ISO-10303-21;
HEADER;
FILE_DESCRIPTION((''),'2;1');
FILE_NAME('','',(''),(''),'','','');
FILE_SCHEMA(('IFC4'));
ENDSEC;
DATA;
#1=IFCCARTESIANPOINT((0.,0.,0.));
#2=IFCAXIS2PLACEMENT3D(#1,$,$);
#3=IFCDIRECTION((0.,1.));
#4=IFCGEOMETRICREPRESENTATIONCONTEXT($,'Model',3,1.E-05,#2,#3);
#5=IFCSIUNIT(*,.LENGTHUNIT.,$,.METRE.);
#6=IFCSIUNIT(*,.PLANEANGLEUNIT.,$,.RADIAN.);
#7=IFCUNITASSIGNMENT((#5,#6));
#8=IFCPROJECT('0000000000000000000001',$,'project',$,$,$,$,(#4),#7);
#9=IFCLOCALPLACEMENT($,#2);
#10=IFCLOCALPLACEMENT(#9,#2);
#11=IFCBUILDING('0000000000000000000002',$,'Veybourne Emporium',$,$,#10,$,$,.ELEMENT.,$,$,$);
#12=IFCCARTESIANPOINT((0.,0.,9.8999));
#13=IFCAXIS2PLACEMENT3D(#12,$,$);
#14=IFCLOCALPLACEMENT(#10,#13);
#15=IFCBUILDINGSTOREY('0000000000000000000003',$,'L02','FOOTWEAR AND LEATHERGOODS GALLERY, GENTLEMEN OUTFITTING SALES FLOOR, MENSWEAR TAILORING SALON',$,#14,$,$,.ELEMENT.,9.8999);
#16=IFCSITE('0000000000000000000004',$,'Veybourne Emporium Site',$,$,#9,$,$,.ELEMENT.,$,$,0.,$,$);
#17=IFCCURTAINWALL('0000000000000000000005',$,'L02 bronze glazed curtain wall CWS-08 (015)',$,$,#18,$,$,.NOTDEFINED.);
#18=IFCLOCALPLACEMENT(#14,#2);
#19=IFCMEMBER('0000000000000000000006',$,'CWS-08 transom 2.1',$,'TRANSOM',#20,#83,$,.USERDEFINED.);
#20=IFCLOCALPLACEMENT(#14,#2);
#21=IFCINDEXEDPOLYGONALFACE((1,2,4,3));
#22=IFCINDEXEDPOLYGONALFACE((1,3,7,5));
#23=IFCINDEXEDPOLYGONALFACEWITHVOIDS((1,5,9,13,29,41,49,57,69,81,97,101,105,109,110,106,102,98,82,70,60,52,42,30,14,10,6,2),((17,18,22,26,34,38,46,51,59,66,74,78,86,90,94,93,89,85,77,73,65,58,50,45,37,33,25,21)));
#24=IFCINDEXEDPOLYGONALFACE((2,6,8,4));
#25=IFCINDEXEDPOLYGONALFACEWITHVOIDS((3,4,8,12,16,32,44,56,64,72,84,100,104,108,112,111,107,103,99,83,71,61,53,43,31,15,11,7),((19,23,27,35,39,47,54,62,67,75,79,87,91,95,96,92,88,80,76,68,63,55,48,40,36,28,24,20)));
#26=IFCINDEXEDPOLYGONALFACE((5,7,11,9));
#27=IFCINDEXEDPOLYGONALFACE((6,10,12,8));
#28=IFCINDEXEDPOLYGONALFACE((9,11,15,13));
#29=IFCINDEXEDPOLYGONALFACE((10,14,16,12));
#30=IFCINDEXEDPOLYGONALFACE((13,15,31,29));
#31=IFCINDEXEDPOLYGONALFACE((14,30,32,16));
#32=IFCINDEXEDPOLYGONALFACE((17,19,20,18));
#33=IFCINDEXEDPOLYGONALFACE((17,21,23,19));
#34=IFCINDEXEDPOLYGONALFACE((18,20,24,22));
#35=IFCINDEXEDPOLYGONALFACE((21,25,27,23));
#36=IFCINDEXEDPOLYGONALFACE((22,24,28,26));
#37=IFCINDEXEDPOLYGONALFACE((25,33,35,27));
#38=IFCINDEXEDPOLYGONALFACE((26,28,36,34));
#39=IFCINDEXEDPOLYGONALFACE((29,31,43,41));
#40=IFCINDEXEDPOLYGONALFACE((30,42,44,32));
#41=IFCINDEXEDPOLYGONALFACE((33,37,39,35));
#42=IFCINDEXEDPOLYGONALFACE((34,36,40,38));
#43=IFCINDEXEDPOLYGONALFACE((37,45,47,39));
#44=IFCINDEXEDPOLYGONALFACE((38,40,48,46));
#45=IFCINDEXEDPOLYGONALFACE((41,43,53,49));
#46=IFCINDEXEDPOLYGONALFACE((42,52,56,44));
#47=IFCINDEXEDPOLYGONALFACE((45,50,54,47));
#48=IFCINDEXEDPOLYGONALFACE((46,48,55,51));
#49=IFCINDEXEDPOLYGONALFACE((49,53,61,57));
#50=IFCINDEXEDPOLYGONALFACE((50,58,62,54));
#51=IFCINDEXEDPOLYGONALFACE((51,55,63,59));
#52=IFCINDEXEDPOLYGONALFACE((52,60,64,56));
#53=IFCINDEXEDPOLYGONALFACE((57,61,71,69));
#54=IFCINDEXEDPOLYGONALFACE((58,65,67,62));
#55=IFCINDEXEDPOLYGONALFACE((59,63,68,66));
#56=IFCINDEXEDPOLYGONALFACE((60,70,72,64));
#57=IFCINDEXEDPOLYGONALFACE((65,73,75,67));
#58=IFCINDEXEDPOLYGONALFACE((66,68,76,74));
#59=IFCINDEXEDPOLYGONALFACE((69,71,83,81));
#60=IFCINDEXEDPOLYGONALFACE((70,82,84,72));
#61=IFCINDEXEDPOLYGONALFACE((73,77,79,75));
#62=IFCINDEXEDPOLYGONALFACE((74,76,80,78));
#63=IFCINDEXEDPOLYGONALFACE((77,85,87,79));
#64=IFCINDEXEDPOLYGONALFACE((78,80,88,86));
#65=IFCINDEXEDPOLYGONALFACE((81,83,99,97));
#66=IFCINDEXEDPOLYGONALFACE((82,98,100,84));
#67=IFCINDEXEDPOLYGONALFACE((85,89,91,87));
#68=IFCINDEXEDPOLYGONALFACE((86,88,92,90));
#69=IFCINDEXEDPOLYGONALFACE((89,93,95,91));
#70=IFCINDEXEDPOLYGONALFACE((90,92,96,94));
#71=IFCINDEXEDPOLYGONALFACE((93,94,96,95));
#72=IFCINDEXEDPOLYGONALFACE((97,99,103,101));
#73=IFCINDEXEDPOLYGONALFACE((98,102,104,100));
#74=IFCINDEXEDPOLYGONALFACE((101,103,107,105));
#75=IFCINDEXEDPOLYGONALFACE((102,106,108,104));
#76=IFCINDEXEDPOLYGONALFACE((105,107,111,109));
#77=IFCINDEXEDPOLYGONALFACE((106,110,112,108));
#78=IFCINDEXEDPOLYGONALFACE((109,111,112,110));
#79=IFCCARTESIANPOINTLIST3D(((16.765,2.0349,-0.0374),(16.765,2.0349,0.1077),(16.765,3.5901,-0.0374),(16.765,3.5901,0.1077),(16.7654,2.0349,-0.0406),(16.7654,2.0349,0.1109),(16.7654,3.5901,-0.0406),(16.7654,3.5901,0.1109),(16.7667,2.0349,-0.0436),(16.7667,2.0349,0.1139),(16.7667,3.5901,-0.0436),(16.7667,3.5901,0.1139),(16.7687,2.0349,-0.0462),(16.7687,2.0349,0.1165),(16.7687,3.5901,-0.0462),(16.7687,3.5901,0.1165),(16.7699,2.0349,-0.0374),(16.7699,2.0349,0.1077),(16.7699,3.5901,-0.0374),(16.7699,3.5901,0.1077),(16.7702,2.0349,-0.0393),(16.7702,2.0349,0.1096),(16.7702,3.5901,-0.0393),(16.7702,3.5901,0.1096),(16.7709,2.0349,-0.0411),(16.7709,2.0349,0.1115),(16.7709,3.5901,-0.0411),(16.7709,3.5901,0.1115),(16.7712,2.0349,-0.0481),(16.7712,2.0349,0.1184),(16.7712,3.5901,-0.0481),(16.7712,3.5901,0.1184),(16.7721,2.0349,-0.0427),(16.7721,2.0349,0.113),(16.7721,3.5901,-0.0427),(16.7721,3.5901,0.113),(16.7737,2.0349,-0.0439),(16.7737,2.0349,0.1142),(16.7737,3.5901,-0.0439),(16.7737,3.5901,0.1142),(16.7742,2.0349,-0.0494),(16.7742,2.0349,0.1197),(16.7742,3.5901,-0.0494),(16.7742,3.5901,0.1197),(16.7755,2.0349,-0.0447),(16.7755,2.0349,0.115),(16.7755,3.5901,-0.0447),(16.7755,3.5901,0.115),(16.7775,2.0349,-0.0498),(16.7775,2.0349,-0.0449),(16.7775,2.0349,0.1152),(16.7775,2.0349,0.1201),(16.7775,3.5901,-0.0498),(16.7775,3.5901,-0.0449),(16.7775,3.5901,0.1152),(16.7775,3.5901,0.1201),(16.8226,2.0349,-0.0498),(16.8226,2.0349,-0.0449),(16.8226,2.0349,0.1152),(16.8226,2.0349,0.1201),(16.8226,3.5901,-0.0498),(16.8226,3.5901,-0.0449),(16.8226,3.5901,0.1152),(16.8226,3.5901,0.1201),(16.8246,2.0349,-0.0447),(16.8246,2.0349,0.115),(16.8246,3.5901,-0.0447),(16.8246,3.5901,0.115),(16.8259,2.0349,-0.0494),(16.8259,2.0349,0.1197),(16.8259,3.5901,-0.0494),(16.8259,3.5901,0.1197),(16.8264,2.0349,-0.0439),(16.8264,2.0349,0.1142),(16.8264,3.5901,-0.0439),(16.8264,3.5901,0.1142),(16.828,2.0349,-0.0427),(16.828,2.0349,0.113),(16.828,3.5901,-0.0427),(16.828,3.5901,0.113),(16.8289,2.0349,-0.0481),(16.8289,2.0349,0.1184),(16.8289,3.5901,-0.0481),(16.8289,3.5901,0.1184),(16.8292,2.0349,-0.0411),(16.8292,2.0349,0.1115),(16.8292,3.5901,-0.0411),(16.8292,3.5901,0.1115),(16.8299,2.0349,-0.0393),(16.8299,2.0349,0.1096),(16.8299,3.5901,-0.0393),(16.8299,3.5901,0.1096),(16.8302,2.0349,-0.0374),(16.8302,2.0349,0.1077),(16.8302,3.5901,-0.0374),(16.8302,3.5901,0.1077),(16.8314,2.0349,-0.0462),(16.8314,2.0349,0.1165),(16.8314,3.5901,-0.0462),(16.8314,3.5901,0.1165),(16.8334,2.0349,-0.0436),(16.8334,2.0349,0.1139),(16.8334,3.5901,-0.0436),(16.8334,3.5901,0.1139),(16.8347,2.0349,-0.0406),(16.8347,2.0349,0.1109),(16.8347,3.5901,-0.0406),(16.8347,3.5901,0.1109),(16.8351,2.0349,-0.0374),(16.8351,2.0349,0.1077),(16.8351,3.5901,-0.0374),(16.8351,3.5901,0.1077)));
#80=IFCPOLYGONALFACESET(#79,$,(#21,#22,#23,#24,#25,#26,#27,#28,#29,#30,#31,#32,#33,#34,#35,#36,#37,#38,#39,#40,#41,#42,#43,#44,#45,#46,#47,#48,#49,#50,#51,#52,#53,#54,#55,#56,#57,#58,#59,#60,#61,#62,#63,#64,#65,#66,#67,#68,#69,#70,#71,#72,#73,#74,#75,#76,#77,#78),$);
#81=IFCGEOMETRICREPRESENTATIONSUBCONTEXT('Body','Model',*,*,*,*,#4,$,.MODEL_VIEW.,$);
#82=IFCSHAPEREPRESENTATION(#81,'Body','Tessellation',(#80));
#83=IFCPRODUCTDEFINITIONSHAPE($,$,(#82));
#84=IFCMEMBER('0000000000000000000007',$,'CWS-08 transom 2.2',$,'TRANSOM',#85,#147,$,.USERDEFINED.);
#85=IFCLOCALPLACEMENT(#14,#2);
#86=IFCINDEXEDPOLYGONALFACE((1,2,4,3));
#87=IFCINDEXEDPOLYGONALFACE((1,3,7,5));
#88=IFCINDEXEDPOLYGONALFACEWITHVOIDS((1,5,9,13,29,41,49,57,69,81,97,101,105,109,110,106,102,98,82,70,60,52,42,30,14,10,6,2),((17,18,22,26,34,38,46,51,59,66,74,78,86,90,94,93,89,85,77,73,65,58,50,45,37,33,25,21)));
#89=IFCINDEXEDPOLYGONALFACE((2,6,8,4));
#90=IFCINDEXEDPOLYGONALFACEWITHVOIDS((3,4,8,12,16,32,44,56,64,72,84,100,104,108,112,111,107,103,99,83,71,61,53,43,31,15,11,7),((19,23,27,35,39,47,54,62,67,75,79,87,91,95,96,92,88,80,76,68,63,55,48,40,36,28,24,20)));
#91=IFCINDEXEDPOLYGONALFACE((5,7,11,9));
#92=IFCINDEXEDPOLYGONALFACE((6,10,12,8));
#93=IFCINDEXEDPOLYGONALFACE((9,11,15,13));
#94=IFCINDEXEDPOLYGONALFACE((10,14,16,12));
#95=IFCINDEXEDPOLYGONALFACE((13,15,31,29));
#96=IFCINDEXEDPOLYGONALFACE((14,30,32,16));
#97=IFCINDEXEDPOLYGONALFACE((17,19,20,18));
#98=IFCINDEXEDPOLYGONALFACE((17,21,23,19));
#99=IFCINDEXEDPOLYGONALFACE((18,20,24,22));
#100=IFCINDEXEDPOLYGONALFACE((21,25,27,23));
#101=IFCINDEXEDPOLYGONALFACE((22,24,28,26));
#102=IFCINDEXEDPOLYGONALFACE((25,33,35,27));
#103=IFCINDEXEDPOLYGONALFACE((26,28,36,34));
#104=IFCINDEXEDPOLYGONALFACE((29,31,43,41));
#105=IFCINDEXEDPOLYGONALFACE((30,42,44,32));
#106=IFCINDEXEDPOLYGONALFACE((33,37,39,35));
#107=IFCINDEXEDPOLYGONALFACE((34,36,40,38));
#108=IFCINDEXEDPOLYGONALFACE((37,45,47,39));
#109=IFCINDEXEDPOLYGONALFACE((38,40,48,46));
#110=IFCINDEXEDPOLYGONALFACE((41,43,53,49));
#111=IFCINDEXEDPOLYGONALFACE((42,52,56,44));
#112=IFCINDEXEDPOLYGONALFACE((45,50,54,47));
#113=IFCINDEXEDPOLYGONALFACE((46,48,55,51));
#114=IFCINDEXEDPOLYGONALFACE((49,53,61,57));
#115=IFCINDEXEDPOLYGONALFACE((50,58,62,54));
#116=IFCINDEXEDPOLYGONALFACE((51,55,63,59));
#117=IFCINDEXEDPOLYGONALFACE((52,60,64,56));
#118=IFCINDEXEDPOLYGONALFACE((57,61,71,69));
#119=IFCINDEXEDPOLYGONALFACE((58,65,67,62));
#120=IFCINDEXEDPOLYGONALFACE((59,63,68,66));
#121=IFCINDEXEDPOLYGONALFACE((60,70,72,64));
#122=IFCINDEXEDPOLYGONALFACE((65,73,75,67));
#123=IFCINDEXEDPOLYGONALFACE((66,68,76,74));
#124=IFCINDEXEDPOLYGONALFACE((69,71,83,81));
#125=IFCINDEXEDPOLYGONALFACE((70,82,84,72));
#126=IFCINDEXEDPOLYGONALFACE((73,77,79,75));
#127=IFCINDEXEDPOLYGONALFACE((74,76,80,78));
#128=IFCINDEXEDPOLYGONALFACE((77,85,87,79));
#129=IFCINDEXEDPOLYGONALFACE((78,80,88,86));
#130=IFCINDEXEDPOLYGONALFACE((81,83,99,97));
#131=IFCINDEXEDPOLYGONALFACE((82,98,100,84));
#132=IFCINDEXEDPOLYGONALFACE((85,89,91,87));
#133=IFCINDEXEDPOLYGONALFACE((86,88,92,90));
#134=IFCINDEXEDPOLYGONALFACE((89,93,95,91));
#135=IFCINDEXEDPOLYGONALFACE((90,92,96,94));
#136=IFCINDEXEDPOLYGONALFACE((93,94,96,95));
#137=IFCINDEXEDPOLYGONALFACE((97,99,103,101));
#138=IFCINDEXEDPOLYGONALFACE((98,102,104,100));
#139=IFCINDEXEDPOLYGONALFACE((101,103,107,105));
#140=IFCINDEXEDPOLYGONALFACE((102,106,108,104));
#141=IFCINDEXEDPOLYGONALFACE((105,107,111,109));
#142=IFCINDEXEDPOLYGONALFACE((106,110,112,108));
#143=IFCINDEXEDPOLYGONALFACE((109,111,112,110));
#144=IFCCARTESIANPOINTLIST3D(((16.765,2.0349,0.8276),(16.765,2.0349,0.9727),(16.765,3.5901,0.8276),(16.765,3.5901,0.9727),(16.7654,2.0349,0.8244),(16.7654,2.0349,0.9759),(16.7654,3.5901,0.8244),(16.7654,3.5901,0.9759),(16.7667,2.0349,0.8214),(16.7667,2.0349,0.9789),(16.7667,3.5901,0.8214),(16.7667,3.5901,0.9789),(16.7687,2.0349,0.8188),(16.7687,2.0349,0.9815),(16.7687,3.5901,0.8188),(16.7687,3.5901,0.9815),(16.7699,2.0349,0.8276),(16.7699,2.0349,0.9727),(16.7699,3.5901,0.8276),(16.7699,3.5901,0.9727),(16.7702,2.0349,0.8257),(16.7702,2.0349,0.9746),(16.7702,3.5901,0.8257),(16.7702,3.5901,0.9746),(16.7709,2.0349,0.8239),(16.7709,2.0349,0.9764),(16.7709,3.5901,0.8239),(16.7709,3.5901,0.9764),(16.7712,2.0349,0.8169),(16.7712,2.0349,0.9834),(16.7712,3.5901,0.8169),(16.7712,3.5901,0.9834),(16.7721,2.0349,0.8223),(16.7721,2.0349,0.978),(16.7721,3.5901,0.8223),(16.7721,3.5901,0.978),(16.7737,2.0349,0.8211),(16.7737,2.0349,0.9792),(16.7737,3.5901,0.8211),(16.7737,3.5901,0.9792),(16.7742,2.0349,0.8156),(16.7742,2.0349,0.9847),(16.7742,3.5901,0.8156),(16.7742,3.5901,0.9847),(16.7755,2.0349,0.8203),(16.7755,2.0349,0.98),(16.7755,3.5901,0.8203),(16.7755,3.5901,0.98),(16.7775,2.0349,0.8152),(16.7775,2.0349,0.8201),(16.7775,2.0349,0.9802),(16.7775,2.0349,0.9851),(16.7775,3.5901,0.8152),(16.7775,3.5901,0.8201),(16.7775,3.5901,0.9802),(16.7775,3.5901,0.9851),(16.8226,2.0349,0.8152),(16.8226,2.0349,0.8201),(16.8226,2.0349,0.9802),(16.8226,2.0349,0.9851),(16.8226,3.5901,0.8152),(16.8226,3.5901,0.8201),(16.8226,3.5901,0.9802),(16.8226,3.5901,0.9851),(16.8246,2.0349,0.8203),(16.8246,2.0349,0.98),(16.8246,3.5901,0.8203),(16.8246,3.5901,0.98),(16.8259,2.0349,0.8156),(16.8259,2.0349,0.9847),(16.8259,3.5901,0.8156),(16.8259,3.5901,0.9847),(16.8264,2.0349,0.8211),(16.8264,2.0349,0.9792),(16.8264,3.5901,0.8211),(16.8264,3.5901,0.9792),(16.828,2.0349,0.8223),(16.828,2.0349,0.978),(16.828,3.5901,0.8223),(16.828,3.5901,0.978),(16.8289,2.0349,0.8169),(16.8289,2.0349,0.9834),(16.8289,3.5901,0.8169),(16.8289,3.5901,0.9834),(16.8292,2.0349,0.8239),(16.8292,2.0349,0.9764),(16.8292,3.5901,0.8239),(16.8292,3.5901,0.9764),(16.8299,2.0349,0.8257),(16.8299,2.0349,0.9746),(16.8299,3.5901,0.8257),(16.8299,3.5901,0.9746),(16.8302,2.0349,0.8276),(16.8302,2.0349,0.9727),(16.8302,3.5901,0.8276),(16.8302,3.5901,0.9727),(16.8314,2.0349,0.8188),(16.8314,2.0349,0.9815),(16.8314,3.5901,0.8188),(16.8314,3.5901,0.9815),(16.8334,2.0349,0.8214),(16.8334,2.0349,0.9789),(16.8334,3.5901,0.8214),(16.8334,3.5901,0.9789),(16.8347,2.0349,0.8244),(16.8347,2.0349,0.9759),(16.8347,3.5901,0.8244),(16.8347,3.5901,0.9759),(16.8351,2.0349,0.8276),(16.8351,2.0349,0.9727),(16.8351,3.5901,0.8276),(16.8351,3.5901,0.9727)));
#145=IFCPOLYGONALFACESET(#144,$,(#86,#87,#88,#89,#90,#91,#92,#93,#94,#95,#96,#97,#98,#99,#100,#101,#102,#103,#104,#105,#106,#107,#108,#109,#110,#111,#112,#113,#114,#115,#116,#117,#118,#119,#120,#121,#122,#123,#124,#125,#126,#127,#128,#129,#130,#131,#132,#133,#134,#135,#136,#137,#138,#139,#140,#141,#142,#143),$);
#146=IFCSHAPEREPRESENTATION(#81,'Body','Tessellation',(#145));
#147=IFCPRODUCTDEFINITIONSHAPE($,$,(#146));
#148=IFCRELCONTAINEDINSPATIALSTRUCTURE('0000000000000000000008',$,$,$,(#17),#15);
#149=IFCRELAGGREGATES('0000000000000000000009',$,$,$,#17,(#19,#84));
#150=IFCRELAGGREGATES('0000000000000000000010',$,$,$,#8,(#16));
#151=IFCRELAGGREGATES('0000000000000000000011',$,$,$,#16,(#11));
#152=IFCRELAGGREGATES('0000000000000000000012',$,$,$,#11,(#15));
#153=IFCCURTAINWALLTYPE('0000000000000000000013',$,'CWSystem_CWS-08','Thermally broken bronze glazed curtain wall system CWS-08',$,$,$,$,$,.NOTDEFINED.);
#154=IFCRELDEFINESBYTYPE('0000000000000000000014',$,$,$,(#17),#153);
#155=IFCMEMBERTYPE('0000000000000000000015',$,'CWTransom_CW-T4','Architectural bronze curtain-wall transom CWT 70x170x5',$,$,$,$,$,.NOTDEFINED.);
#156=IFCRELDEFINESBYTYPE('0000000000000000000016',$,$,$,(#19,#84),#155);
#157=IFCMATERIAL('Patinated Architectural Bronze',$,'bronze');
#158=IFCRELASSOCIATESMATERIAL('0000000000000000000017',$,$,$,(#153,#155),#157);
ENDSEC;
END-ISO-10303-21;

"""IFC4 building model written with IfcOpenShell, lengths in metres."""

from ifc_helpers import new_model, si_unit, direction, frame, origin, origin_2d, place, context, subcontext, project, spatial, hollow_rectangle, extrude, material, material_profile, profile_set, type_object, element, aggregate, save


model = new_model("IFC4")

# Units and contexts
model_context = context("Model", 3, precision=1e-05, world=origin(), true_north=direction((0.0, 1.0)))
body_context = subcontext(model_context, "Body", "Model", "MODEL_VIEW")
ifc_project = project(units=[si_unit("LENGTHUNIT", "METRE"), si_unit("PLANEANGLEUNIT", "RADIAN")], contexts=[model_context])

# Site, building, storey
site_placement = place(None, origin())
site = spatial("IfcSite", under=ifc_project, at=site_placement, Name="Veybourne Emporium Site", CompositionType="ELEMENT", RefElevation=0.0)
building_placement = place(site_placement, origin())
building = spatial("IfcBuilding", under=site, at=building_placement, Name="Veybourne Emporium", CompositionType="ELEMENT")
storey_placement = place(building_placement, frame((0.0, 0.0, 9.8999)))
storey = spatial("IfcBuildingStorey", under=building, at=storey_placement, Name="L02", Description="FOOTWEAR AND LEATHERGOODS GALLERY, GENTLEMEN OUTFITTING SALES FLOOR, MENSWEAR TAILORING SALON", CompositionType="ELEMENT", Elevation=9.8999)

# Curtain wall, members
ifc_material_1 = material(Name="Patinated Architectural Bronze", Category="bronze")
curtain_wall_type = type_object("IfcCurtainWallType", Name="CWSystem_CWS-08", Description="Thermally broken bronze glazed curtain wall system CWS-08", PredefinedType="NOTDEFINED", material=ifc_material_1)
curtain_wall_placement = place(storey_placement, origin())
curtain_wall = element("IfcCurtainWall", 1, at=curtain_wall_placement, inside=storey, type_object=curtain_wall_type, Name="L02 bronze glazed curtain wall CWS-08 (015)", PredefinedType="NOTDEFINED")
ifc_material_profile_1 = material_profile(ifc_material_1, hollow_rectangle(XDim=0.0701, YDim=0.1699, WallThickness=0.0049, InnerFilletRadius=0.0076, OuterFilletRadius=0.0125, at=origin_2d()), Name="CWT 70x170x5")
ifc_profile_set_1 = profile_set([ifc_material_profile_1], Name="Patinated Architectural Bronze")
member_type_1 = type_object("IfcMemberType", Name="CWTransom_CW-T4", Description="Architectural bronze curtain-wall transom CWT 70x170x5", PredefinedType="NOTDEFINED", material=ifc_profile_set_1)
member_1_placement = place(storey_placement, frame((16.8, 2.0349, 0.0352), z_axis=(0.0, 1.0, 0.0), x_axis=(-1.0, 0.0, 0.0)))
member_1 = element("IfcMember", 2, at=member_1_placement, type_object=member_type_1, Name="CWS-08 transom 2.1", ObjectType="TRANSOM", PredefinedType="USERDEFINED", context=body_context, shape_type="SweptSolid", body=[
    extrude(hollow_rectangle(XDim=0.0701, YDim=0.1699, WallThickness=0.0049, InnerFilletRadius=0.0076, OuterFilletRadius=0.0125, at=origin_2d()), origin(), (0.0, 0.0, 1.0), 1.5552),
])
member_2_placement = place(storey_placement, frame((16.8, 2.0349, 0.9001), z_axis=(0.0, 1.0, 0.0), x_axis=(-1.0, 0.0, 0.0)))
member_2 = element("IfcMember", 3, at=member_2_placement, type_object=member_type_1, Name="CWS-08 transom 2.2", ObjectType="TRANSOM", PredefinedType="USERDEFINED", context=body_context, shape_type="SweptSolid", body=[
    extrude(hollow_rectangle(XDim=0.0701, YDim=0.1699, WallThickness=0.0049, InnerFilletRadius=0.0076, OuterFilletRadius=0.0125, at=origin_2d()), origin(), (0.0, 0.0, 1.0), 1.5552),
])

aggregate(curtain_wall, [member_1, member_2])

save(model, "model.ifc")
